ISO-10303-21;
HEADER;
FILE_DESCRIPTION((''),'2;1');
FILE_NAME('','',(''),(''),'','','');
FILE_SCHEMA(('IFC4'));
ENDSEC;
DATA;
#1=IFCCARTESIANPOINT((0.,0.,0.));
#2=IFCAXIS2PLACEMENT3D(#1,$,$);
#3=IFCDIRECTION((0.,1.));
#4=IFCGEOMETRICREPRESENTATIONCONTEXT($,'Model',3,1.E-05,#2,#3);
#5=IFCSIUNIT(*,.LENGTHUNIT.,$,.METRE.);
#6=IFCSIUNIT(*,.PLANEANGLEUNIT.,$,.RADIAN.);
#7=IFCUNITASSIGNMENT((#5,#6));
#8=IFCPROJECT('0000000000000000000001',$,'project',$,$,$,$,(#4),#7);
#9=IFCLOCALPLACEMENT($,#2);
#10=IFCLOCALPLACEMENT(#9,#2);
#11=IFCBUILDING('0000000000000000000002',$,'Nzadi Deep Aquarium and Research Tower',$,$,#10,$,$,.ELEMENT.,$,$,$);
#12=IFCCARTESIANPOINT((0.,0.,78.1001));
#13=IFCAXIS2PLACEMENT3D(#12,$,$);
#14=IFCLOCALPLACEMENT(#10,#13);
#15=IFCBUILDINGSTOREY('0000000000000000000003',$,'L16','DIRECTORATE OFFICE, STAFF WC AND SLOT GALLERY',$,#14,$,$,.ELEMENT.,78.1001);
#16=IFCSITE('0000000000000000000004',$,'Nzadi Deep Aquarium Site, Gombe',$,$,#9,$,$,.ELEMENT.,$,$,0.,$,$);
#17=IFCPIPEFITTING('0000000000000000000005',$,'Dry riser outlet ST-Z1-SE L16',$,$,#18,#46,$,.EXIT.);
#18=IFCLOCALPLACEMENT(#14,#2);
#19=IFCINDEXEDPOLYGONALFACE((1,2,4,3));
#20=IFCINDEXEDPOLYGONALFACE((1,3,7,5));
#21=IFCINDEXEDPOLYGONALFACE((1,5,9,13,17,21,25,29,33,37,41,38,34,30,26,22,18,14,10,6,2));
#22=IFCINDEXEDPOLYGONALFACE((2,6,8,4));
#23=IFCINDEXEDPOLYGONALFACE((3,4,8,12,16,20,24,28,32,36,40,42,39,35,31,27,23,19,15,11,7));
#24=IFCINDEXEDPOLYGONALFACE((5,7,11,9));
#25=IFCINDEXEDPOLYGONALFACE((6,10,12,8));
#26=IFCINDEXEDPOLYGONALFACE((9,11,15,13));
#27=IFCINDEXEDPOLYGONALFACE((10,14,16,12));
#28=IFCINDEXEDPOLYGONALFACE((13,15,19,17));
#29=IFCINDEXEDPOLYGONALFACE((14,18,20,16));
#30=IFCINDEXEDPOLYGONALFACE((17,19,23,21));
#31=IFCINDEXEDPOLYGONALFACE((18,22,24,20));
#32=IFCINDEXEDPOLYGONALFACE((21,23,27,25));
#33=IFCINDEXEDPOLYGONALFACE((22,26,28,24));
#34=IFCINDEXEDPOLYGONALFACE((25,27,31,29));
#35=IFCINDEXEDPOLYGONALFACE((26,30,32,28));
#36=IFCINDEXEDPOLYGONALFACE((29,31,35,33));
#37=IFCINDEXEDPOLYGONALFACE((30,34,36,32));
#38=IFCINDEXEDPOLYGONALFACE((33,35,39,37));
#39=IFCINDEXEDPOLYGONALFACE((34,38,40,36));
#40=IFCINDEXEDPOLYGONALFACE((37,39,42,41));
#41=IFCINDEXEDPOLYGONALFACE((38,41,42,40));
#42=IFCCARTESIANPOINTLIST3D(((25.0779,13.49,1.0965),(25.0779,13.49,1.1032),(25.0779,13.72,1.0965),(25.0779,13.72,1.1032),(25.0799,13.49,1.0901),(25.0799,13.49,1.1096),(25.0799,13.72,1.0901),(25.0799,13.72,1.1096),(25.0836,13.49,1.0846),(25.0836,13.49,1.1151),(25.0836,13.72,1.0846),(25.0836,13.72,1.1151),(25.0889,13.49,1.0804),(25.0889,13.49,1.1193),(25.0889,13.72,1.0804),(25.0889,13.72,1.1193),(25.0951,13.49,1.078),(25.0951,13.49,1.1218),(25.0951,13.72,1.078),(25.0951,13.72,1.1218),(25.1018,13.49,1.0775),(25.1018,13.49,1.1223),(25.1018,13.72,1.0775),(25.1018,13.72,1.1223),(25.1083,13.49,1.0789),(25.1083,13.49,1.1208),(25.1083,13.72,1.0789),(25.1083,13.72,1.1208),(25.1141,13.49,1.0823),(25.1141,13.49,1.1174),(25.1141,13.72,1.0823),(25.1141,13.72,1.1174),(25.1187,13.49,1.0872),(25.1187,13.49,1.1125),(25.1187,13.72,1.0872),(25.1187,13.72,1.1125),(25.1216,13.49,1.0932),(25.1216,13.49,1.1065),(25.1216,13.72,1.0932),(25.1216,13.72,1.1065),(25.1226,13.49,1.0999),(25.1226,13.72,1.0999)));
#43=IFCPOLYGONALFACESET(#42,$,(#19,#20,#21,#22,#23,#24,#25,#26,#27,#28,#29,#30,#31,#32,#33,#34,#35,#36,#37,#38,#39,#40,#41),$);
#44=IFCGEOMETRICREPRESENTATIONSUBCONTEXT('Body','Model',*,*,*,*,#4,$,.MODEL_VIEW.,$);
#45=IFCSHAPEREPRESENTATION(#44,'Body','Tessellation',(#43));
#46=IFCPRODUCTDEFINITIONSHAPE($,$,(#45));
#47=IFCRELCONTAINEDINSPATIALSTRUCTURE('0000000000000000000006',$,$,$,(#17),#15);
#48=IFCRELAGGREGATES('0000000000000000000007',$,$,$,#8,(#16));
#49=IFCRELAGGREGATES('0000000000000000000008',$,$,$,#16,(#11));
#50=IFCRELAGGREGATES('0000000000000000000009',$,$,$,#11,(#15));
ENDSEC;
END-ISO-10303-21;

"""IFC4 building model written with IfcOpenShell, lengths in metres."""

from ifc_helpers import new_model, si_unit, direction, frame, origin, origin_2d, place, context, subcontext, project, spatial, circle, extrude, element, save


model = new_model("IFC4")

# Units and contexts
model_context = context("Model", 3, precision=1e-05, world=origin(), true_north=direction((0.0, 1.0)))
body_context = subcontext(model_context, "Body", "Model", "MODEL_VIEW")
ifc_project = project(units=[si_unit("LENGTHUNIT", "METRE"), si_unit("PLANEANGLEUNIT", "RADIAN")], contexts=[model_context])

# Site, building, storey
site_placement = place(None, origin())
site = spatial("IfcSite", under=ifc_project, at=site_placement, Name="Nzadi Deep Aquarium Site, Gombe", CompositionType="ELEMENT", RefElevation=0.0)
building_placement = place(site_placement, origin())
building = spatial("IfcBuilding", under=site, at=building_placement, Name="Nzadi Deep Aquarium and Research Tower", CompositionType="ELEMENT")
storey_placement = place(building_placement, frame((0.0, 0.0, 78.1001)))
storey = spatial("IfcBuildingStorey", under=building, at=storey_placement, Name="L16", Description="DIRECTORATE OFFICE, STAFF WC AND SLOT GALLERY", CompositionType="ELEMENT", Elevation=78.1001)

# Pipe fitting
pipe_fitting_placement = place(storey_placement, frame((25.1001, 13.72, 1.0999), z_axis=(0.0, -1.0, 0.0), x_axis=(1.0, 0.0, 0.0)))
element("IfcPipeFitting", 1, at=pipe_fitting_placement, inside=storey, Name="Dry riser outlet ST-Z1-SE L16", PredefinedType="EXIT", context=body_context, shape_type="SweptSolid", body=[
    extrude(circle(Radius=0.0225, at=origin_2d()), origin(), (0.0, 0.0, 1.0), 0.23),
])

save(model, "model.ifc")
